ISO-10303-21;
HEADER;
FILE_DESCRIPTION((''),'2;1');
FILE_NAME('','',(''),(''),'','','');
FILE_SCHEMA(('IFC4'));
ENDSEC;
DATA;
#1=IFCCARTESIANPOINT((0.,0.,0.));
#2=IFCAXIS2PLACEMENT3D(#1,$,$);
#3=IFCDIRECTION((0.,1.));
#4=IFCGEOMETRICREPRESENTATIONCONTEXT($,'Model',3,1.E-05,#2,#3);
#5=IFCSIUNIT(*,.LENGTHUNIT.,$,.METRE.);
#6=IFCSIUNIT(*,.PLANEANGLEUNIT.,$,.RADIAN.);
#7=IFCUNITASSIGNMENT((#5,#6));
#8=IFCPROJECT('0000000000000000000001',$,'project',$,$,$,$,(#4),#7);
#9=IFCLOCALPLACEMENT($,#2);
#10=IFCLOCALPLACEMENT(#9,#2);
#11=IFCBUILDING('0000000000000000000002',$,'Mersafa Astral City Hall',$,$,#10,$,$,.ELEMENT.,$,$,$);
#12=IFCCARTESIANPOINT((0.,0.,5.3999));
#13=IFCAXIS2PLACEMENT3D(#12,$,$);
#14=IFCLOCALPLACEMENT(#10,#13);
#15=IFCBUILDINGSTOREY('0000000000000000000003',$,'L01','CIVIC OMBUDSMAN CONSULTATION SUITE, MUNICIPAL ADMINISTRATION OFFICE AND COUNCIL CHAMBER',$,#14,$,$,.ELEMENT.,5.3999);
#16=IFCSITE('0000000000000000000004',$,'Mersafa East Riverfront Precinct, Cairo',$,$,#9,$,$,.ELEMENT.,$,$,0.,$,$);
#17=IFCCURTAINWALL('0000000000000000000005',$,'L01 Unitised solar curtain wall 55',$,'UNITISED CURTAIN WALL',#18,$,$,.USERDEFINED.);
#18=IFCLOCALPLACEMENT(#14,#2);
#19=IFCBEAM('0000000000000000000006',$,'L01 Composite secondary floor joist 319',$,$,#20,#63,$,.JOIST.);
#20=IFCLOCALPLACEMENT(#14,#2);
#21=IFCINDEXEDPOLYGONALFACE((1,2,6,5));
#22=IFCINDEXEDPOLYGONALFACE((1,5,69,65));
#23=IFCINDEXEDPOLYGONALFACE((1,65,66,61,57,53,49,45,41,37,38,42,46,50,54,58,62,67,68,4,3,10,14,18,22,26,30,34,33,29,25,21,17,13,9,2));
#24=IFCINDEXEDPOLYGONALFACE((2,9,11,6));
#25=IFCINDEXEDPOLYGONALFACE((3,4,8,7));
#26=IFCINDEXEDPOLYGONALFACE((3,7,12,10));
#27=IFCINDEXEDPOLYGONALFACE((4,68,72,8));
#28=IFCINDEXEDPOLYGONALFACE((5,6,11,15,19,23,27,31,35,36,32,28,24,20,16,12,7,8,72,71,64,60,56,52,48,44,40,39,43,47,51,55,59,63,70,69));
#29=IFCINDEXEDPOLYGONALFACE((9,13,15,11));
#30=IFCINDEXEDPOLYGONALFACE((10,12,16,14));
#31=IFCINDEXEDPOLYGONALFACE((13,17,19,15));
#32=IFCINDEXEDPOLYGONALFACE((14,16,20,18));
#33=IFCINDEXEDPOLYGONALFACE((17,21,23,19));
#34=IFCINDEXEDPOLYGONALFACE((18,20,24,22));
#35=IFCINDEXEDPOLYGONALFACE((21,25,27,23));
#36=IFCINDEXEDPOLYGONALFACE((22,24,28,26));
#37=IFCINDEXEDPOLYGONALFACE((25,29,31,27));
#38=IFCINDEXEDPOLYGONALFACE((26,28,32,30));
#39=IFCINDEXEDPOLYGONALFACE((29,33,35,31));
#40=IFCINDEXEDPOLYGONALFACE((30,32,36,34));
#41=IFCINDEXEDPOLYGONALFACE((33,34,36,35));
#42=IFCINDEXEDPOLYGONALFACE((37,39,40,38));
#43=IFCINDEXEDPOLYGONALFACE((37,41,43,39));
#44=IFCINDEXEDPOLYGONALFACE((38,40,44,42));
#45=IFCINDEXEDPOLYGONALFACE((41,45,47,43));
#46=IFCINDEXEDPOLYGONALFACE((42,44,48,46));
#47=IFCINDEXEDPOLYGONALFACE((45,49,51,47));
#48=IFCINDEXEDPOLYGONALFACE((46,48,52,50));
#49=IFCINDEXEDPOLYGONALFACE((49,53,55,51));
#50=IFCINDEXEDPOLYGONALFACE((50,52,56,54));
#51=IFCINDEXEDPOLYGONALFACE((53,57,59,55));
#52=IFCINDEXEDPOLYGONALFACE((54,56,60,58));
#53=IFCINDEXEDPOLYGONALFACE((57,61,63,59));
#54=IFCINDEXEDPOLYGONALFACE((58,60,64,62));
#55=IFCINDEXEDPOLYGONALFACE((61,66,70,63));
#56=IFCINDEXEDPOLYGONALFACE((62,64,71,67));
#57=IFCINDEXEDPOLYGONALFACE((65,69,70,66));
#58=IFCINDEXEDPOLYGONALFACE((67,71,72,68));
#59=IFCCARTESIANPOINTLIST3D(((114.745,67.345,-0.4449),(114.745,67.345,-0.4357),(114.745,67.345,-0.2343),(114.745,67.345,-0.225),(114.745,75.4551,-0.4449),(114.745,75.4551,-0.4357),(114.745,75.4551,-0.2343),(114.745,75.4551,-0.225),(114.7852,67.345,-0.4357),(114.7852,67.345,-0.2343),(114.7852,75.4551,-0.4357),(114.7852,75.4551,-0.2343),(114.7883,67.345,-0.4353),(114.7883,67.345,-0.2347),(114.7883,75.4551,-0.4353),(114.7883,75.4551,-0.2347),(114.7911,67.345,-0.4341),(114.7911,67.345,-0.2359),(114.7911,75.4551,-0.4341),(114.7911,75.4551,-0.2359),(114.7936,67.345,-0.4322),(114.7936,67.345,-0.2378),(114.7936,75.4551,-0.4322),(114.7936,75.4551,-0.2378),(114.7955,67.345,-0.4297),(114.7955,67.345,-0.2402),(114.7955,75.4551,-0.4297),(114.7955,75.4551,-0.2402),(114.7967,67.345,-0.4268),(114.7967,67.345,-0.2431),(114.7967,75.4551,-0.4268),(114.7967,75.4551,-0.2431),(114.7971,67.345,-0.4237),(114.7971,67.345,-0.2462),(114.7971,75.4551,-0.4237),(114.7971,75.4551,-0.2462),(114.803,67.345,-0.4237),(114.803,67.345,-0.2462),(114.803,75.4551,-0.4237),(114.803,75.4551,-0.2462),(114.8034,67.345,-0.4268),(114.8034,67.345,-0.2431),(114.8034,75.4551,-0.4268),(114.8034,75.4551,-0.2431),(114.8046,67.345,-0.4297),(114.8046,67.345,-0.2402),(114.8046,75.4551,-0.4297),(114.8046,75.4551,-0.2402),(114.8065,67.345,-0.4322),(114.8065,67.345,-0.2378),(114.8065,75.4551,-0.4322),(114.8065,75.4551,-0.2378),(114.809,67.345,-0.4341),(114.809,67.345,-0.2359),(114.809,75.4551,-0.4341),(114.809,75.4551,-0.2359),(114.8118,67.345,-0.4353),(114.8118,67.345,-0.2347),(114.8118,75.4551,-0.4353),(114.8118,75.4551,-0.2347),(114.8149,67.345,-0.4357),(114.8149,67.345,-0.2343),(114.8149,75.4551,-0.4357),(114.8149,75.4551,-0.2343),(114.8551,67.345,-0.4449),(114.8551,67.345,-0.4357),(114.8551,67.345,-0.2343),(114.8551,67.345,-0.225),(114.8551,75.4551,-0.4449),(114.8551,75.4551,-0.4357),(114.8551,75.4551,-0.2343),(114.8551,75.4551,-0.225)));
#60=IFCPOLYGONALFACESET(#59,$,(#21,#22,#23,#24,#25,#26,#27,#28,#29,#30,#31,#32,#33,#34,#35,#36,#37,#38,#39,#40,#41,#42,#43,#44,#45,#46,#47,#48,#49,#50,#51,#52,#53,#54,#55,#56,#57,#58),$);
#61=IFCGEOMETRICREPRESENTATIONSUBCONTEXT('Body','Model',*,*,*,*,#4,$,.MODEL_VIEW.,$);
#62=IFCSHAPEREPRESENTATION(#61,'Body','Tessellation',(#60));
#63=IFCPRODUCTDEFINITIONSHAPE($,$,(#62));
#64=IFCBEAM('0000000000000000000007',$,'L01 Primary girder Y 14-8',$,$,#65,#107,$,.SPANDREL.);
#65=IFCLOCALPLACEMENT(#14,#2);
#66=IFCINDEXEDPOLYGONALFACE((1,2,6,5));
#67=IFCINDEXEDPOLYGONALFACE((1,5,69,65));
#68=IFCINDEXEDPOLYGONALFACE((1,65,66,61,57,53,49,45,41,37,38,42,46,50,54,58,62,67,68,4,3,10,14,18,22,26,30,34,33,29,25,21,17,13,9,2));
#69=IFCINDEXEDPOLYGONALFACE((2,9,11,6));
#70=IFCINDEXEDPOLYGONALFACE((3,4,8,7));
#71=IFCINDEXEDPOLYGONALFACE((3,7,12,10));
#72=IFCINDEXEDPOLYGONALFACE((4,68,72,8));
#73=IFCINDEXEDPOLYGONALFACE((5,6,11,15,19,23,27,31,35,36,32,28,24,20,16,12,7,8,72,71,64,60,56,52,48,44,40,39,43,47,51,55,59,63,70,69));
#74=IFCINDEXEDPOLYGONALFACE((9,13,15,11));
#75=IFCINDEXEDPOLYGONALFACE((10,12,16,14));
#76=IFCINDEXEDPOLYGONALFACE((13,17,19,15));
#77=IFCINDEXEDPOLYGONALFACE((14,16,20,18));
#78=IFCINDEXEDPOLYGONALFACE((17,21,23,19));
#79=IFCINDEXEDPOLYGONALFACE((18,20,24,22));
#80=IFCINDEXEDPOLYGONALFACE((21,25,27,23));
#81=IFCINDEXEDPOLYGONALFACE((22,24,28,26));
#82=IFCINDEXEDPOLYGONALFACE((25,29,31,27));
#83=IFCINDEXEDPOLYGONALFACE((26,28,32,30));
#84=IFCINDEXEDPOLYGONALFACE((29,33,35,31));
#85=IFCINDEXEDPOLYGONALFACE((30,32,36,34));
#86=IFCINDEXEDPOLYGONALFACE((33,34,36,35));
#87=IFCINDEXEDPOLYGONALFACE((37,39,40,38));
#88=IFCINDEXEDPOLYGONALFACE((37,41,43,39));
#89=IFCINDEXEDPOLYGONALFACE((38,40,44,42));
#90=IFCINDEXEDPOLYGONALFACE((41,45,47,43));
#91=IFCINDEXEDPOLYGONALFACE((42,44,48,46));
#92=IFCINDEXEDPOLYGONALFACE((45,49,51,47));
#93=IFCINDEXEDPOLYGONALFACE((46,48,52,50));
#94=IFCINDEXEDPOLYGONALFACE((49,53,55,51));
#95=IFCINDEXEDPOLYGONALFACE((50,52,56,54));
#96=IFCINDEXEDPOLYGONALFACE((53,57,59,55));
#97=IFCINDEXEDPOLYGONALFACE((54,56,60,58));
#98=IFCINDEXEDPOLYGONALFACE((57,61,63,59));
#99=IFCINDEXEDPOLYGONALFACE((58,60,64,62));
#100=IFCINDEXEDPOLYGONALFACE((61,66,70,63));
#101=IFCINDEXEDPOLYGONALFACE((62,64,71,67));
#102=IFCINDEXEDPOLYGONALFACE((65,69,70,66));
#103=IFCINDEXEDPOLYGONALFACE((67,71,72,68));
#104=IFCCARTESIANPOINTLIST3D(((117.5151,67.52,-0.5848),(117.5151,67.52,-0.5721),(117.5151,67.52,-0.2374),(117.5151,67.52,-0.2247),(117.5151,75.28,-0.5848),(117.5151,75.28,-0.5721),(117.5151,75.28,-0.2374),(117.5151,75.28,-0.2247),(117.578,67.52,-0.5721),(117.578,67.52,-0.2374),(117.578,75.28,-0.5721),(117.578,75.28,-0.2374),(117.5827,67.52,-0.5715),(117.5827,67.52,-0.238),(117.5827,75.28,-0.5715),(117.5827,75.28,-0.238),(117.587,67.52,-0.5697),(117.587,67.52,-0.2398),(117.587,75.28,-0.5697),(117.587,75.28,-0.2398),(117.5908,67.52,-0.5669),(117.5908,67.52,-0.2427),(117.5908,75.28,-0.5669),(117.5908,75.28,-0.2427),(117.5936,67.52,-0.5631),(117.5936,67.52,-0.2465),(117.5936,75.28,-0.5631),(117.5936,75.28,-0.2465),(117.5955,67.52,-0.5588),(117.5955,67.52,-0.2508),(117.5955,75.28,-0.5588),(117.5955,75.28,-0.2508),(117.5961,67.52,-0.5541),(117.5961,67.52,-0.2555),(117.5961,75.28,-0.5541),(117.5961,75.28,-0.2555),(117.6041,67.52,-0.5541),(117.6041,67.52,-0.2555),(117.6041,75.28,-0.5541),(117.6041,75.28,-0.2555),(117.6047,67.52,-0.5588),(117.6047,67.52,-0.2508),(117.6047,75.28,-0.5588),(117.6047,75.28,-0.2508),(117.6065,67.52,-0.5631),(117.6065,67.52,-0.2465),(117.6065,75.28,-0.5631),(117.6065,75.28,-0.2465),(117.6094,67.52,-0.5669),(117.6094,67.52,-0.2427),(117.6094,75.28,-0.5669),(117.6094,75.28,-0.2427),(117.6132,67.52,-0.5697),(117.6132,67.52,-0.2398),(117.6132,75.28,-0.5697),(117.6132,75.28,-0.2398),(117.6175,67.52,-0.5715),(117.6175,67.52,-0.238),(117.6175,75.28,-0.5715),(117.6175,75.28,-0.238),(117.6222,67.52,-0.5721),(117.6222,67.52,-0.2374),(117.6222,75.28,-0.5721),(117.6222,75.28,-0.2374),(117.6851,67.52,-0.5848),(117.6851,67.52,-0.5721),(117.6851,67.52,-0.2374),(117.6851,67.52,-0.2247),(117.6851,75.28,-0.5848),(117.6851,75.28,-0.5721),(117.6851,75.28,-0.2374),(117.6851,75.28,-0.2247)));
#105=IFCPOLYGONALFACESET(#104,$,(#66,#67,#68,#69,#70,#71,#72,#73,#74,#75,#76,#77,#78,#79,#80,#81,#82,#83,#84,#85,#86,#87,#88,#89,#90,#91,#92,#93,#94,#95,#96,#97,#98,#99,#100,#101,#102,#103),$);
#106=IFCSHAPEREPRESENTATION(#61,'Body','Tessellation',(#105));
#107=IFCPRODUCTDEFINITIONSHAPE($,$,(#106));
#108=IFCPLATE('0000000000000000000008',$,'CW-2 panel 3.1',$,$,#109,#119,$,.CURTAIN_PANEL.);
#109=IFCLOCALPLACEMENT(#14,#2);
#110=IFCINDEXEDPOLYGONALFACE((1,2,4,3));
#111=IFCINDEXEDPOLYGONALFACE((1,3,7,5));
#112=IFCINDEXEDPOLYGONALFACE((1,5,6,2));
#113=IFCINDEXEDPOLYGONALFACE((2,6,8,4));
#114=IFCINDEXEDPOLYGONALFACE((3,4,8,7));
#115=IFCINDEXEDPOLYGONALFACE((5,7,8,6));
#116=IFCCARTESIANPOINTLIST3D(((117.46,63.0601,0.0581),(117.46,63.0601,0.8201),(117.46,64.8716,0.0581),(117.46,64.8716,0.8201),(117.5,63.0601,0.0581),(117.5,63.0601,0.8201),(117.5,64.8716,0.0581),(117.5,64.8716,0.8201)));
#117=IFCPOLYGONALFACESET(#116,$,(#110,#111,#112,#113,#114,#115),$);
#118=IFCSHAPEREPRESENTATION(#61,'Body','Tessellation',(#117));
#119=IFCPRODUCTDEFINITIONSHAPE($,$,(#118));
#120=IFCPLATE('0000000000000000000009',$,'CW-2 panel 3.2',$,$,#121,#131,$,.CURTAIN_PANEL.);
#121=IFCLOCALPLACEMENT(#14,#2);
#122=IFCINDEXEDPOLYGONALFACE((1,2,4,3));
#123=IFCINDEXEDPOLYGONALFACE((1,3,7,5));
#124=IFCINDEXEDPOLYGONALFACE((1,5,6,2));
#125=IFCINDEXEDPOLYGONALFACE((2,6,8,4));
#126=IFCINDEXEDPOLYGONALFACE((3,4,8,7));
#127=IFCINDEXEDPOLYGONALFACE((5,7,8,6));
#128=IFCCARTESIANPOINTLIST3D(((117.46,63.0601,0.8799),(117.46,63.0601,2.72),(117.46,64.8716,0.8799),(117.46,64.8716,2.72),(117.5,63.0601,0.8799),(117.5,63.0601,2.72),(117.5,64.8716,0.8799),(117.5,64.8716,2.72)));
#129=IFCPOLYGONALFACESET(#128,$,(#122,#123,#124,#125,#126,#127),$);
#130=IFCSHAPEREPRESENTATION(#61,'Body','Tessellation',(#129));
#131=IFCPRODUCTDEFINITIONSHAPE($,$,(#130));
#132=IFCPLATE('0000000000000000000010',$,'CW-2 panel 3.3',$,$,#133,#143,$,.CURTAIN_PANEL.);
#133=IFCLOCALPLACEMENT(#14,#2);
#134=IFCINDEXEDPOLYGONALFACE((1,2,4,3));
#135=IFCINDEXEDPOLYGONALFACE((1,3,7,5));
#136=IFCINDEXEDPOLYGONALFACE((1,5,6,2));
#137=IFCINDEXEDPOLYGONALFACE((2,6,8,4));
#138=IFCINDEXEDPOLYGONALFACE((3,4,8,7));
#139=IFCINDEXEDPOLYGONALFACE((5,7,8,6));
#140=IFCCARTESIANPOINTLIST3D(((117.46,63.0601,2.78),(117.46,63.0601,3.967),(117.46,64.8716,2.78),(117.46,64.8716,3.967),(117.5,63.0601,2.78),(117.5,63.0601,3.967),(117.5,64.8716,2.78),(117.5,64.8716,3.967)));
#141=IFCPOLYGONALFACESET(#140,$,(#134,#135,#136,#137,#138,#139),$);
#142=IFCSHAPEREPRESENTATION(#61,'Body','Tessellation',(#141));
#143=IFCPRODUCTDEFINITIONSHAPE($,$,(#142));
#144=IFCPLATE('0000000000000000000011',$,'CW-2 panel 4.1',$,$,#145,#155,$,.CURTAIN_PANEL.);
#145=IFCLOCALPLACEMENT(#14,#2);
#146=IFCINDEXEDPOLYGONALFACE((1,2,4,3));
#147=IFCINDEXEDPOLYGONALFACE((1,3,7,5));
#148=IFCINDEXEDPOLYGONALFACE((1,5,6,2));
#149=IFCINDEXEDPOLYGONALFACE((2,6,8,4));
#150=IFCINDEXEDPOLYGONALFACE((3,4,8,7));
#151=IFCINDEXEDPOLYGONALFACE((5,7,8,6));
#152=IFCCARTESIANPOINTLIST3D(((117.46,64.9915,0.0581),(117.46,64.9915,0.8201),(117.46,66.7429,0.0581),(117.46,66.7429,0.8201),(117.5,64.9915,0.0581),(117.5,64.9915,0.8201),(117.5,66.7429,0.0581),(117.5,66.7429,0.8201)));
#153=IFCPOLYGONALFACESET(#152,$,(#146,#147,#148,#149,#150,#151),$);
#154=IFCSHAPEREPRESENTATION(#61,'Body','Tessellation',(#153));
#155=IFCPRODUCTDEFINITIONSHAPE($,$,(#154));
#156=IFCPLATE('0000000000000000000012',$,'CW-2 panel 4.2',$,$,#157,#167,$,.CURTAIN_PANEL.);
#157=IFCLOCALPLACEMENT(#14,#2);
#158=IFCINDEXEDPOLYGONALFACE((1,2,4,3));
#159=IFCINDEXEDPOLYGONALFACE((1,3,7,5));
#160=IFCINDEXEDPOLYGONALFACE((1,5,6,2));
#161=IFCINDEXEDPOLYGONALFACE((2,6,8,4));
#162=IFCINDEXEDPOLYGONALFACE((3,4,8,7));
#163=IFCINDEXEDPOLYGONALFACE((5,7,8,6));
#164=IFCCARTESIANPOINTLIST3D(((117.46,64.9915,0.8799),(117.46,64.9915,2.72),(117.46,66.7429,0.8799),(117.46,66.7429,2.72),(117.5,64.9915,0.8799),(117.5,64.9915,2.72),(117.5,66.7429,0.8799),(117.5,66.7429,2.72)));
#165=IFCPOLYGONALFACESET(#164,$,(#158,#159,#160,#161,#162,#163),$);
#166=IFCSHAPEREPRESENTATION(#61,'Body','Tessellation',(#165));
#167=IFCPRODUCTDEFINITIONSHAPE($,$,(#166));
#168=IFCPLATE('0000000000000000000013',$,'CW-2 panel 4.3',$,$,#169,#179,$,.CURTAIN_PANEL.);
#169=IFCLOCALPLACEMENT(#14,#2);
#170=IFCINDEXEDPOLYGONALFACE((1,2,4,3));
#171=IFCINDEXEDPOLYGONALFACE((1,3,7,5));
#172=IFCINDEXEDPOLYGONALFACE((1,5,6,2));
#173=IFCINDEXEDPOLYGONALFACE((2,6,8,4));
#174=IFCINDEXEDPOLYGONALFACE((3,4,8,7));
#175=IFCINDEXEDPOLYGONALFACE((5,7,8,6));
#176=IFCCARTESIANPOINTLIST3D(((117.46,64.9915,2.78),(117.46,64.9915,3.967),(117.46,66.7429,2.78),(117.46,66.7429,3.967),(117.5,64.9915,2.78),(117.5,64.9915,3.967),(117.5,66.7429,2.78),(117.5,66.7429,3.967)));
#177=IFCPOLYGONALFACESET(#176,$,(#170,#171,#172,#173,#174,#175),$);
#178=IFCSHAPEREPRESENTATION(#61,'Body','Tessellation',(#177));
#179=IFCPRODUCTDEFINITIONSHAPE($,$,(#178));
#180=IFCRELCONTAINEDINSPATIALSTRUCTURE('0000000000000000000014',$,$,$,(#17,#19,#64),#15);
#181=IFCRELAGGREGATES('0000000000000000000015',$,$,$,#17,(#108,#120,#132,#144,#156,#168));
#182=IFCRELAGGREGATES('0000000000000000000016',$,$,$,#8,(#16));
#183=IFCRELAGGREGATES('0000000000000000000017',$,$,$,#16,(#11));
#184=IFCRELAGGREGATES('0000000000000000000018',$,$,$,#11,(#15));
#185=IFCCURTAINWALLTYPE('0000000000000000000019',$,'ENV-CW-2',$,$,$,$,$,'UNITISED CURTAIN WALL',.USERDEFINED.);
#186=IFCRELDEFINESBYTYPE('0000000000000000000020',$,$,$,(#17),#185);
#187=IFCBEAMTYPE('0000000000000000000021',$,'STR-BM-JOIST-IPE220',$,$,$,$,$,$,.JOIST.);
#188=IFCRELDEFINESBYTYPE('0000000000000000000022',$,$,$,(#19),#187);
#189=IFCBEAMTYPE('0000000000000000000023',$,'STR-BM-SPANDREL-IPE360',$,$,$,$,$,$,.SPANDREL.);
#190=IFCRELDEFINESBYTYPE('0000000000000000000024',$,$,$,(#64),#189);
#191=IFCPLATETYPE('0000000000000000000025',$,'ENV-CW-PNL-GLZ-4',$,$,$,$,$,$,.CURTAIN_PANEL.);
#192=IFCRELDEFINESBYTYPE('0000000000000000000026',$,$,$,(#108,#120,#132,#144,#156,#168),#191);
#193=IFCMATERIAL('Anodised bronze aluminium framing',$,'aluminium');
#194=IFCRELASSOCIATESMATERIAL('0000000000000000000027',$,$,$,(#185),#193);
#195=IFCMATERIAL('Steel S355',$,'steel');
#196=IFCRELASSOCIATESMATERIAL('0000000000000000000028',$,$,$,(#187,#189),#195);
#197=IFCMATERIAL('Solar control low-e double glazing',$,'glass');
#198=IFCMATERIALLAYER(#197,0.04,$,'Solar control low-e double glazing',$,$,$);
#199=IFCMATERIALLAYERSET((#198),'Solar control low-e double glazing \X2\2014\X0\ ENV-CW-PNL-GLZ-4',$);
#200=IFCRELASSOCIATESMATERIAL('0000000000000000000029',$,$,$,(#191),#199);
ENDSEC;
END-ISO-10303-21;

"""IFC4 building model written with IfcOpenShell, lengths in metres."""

from ifc_helpers import new_model, si_unit, direction, frame, origin, origin_2d, place, context, subcontext, project, spatial, rectangle, i_section, extrude, material, layer, layer_set, material_profile, profile_set, type_object, element, aggregate, save


model = new_model("IFC4")

# Units and contexts
model_context = context("Model", 3, precision=1e-05, world=origin(), true_north=direction((0.0, 1.0)))
body_context = subcontext(model_context, "Body", "Model", "MODEL_VIEW")
ifc_project = project(units=[si_unit("LENGTHUNIT", "METRE"), si_unit("PLANEANGLEUNIT", "RADIAN")], contexts=[model_context])

# Site, building, storey
site_placement = place(None, origin())
site = spatial("IfcSite", under=ifc_project, at=site_placement, Name="Mersafa East Riverfront Precinct, Cairo", CompositionType="ELEMENT", RefElevation=0.0)
building_placement = place(site_placement, origin())
building = spatial("IfcBuilding", under=site, at=building_placement, Name="Mersafa Astral City Hall", CompositionType="ELEMENT")
storey_placement = place(building_placement, frame((0.0, 0.0, 5.3999)))
storey = spatial("IfcBuildingStorey", under=building, at=storey_placement, Name="L01", Description="CIVIC OMBUDSMAN CONSULTATION SUITE, MUNICIPAL ADMINISTRATION OFFICE AND COUNCIL CHAMBER", CompositionType="ELEMENT", Elevation=5.3999)

# Shared definitions
ifc_material_1 = material(Name="Steel S355", Category="steel")

# Curtain wall
ifc_material_2 = material(Name="Anodised bronze aluminium framing", Category="aluminium")
curtain_wall_type = type_object("IfcCurtainWallType", Name="ENV-CW-2", ElementType="UNITISED CURTAIN WALL", PredefinedType="USERDEFINED", material=ifc_material_2)
curtain_wall_placement = place(storey_placement, origin())
curtain_wall = element("IfcCurtainWall", 1, at=curtain_wall_placement, inside=storey, type_object=curtain_wall_type, Name="L01 Unitised solar curtain wall 55", ObjectType="UNITISED CURTAIN WALL", PredefinedType="USERDEFINED")

# Beams
ifc_material_profile_1 = material_profile(ifc_material_1, i_section(OverallWidth=0.1101, OverallDepth=0.22, WebThickness=0.0059, FlangeThickness=0.0093, FilletRadius=0.012, at=origin_2d()), Name="IPE 220")
ifc_profile_set_1 = profile_set([ifc_material_profile_1], Name="Steel S355")
beam_type_1 = type_object("IfcBeamType", Name="STR-BM-JOIST-IPE220", PredefinedType="JOIST", material=ifc_profile_set_1)
for number, where, z_axis, x_axis, name in (
    (2, (114.8, 67.345, -0.335), (0.0, 1.0, 0.0), (-1.0, 0.0, 0.0), "L01 Composite secondary floor joist 319"),
):
    element("IfcBeam", number, at=place(storey_placement, frame(where, z_axis=z_axis, x_axis=x_axis)), inside=storey, type_object=beam_type_1, Name=name, PredefinedType="JOIST", context=body_context, shape_type="SweptSolid", body=[
        extrude(i_section(OverallWidth=0.1101, OverallDepth=0.22, WebThickness=0.0059, FlangeThickness=0.0093, FilletRadius=0.012, at=origin_2d()), origin(), (0.0, 0.0, 1.0), 8.1101),
    ])
ifc_material_profile_2 = material_profile(ifc_material_1, i_section(OverallWidth=0.1699, OverallDepth=0.3601, WebThickness=0.0081, FlangeThickness=0.0127, FilletRadius=0.0181, at=origin_2d()), Name="IPE 360")
ifc_profile_set_2 = profile_set([ifc_material_profile_2], Name="Steel S355")
beam_type_2 = type_object("IfcBeamType", Name="STR-BM-SPANDREL-IPE360", PredefinedType="SPANDREL", material=ifc_profile_set_2)
beam_placement = place(storey_placement, frame((117.6001, 67.52, -0.4048), z_axis=(0.0, 1.0, 0.0), x_axis=(-1.0, 0.0, 0.0)))
element("IfcBeam", 3, at=beam_placement, inside=storey, type_object=beam_type_2, Name="L01 Primary girder Y 14-8", PredefinedType="SPANDREL", context=body_context, shape_type="SweptSolid", body=[
    extrude(i_section(OverallWidth=0.1699, OverallDepth=0.3601, WebThickness=0.0081, FlangeThickness=0.0127, FilletRadius=0.0181, at=origin_2d()), origin(), (0.0, 0.0, 1.0), 7.76),
])

# Plates
ifc_material_3 = material(Name="Solar control low-e double glazing", Category="glass")
ifc_layer_1 = layer(ifc_material_3, 0.04, Name="Solar control low-e double glazing")
ifc_layer_set_1 = layer_set([ifc_layer_1], Name="Solar control low-e double glazing — ENV-CW-PNL-GLZ-4")
plate_type = type_object("IfcPlateType", Name="ENV-CW-PNL-GLZ-4", PredefinedType="CURTAIN_PANEL", material=ifc_layer_set_1)
plate_1_placement = place(storey_placement, frame((117.48, 63.9658, 0.0581), z_axis=(0.0, 0.0, 1.0), x_axis=(0.0, 1.0, 0.0)))
plate_1 = element("IfcPlate", 4, at=plate_1_placement, type_object=plate_type, Name="CW-2 panel 3.1", PredefinedType="CURTAIN_PANEL", context=body_context, shape_type="SweptSolid", body=[
    extrude(rectangle(XDim=1.8115, YDim=0.04, at=origin_2d()), origin(), (0.0, 0.0, 1.0), 0.762),
])
plate_2_placement = place(storey_placement, frame((117.48, 63.9658, 0.8799), z_axis=(0.0, 0.0, 1.0), x_axis=(0.0, 1.0, 0.0)))
plate_2 = element("IfcPlate", 5, at=plate_2_placement, type_object=plate_type, Name="CW-2 panel 3.2", PredefinedType="CURTAIN_PANEL", context=body_context, shape_type="SweptSolid", body=[
    extrude(rectangle(XDim=1.8115, YDim=0.04, at=origin_2d()), origin(), (0.0, 0.0, 1.0), 1.8401),
])
plate_3_placement = place(storey_placement, frame((117.48, 63.9658, 2.78), z_axis=(0.0, 0.0, 1.0), x_axis=(0.0, 1.0, 0.0)))
plate_3 = element("IfcPlate", 6, at=plate_3_placement, type_object=plate_type, Name="CW-2 panel 3.3", PredefinedType="CURTAIN_PANEL", context=body_context, shape_type="SweptSolid", body=[
    extrude(rectangle(XDim=1.8115, YDim=0.04, at=origin_2d()), origin(), (0.0, 0.0, 1.0), 1.187),
])
plate_4_placement = place(storey_placement, frame((117.48, 65.8672, 0.0581), z_axis=(0.0, 0.0, 1.0), x_axis=(0.0, 1.0, 0.0)))
plate_4 = element("IfcPlate", 7, at=plate_4_placement, type_object=plate_type, Name="CW-2 panel 4.1", PredefinedType="CURTAIN_PANEL", context=body_context, shape_type="SweptSolid", body=[
    extrude(rectangle(XDim=1.7515, YDim=0.04, at=origin_2d()), origin(), (0.0, 0.0, 1.0), 0.762),
])
plate_5_placement = place(storey_placement, frame((117.48, 65.8672, 0.8799), z_axis=(0.0, 0.0, 1.0), x_axis=(0.0, 1.0, 0.0)))
plate_5 = element("IfcPlate", 8, at=plate_5_placement, type_object=plate_type, Name="CW-2 panel 4.2", PredefinedType="CURTAIN_PANEL", context=body_context, shape_type="SweptSolid", body=[
    extrude(rectangle(XDim=1.7515, YDim=0.04, at=origin_2d()), origin(), (0.0, 0.0, 1.0), 1.8401),
])
plate_6_placement = place(storey_placement, frame((117.48, 65.8672, 2.78), z_axis=(0.0, 0.0, 1.0), x_axis=(0.0, 1.0, 0.0)))
plate_6 = element("IfcPlate", 9, at=plate_6_placement, type_object=plate_type, Name="CW-2 panel 4.3", PredefinedType="CURTAIN_PANEL", context=body_context, shape_type="SweptSolid", body=[
    extrude(rectangle(XDim=1.7515, YDim=0.04, at=origin_2d()), origin(), (0.0, 0.0, 1.0), 1.187),
])
aggregate(curtain_wall, [plate_1, plate_2, plate_3, plate_4, plate_5, plate_6])

save(model, "model.ifc")
